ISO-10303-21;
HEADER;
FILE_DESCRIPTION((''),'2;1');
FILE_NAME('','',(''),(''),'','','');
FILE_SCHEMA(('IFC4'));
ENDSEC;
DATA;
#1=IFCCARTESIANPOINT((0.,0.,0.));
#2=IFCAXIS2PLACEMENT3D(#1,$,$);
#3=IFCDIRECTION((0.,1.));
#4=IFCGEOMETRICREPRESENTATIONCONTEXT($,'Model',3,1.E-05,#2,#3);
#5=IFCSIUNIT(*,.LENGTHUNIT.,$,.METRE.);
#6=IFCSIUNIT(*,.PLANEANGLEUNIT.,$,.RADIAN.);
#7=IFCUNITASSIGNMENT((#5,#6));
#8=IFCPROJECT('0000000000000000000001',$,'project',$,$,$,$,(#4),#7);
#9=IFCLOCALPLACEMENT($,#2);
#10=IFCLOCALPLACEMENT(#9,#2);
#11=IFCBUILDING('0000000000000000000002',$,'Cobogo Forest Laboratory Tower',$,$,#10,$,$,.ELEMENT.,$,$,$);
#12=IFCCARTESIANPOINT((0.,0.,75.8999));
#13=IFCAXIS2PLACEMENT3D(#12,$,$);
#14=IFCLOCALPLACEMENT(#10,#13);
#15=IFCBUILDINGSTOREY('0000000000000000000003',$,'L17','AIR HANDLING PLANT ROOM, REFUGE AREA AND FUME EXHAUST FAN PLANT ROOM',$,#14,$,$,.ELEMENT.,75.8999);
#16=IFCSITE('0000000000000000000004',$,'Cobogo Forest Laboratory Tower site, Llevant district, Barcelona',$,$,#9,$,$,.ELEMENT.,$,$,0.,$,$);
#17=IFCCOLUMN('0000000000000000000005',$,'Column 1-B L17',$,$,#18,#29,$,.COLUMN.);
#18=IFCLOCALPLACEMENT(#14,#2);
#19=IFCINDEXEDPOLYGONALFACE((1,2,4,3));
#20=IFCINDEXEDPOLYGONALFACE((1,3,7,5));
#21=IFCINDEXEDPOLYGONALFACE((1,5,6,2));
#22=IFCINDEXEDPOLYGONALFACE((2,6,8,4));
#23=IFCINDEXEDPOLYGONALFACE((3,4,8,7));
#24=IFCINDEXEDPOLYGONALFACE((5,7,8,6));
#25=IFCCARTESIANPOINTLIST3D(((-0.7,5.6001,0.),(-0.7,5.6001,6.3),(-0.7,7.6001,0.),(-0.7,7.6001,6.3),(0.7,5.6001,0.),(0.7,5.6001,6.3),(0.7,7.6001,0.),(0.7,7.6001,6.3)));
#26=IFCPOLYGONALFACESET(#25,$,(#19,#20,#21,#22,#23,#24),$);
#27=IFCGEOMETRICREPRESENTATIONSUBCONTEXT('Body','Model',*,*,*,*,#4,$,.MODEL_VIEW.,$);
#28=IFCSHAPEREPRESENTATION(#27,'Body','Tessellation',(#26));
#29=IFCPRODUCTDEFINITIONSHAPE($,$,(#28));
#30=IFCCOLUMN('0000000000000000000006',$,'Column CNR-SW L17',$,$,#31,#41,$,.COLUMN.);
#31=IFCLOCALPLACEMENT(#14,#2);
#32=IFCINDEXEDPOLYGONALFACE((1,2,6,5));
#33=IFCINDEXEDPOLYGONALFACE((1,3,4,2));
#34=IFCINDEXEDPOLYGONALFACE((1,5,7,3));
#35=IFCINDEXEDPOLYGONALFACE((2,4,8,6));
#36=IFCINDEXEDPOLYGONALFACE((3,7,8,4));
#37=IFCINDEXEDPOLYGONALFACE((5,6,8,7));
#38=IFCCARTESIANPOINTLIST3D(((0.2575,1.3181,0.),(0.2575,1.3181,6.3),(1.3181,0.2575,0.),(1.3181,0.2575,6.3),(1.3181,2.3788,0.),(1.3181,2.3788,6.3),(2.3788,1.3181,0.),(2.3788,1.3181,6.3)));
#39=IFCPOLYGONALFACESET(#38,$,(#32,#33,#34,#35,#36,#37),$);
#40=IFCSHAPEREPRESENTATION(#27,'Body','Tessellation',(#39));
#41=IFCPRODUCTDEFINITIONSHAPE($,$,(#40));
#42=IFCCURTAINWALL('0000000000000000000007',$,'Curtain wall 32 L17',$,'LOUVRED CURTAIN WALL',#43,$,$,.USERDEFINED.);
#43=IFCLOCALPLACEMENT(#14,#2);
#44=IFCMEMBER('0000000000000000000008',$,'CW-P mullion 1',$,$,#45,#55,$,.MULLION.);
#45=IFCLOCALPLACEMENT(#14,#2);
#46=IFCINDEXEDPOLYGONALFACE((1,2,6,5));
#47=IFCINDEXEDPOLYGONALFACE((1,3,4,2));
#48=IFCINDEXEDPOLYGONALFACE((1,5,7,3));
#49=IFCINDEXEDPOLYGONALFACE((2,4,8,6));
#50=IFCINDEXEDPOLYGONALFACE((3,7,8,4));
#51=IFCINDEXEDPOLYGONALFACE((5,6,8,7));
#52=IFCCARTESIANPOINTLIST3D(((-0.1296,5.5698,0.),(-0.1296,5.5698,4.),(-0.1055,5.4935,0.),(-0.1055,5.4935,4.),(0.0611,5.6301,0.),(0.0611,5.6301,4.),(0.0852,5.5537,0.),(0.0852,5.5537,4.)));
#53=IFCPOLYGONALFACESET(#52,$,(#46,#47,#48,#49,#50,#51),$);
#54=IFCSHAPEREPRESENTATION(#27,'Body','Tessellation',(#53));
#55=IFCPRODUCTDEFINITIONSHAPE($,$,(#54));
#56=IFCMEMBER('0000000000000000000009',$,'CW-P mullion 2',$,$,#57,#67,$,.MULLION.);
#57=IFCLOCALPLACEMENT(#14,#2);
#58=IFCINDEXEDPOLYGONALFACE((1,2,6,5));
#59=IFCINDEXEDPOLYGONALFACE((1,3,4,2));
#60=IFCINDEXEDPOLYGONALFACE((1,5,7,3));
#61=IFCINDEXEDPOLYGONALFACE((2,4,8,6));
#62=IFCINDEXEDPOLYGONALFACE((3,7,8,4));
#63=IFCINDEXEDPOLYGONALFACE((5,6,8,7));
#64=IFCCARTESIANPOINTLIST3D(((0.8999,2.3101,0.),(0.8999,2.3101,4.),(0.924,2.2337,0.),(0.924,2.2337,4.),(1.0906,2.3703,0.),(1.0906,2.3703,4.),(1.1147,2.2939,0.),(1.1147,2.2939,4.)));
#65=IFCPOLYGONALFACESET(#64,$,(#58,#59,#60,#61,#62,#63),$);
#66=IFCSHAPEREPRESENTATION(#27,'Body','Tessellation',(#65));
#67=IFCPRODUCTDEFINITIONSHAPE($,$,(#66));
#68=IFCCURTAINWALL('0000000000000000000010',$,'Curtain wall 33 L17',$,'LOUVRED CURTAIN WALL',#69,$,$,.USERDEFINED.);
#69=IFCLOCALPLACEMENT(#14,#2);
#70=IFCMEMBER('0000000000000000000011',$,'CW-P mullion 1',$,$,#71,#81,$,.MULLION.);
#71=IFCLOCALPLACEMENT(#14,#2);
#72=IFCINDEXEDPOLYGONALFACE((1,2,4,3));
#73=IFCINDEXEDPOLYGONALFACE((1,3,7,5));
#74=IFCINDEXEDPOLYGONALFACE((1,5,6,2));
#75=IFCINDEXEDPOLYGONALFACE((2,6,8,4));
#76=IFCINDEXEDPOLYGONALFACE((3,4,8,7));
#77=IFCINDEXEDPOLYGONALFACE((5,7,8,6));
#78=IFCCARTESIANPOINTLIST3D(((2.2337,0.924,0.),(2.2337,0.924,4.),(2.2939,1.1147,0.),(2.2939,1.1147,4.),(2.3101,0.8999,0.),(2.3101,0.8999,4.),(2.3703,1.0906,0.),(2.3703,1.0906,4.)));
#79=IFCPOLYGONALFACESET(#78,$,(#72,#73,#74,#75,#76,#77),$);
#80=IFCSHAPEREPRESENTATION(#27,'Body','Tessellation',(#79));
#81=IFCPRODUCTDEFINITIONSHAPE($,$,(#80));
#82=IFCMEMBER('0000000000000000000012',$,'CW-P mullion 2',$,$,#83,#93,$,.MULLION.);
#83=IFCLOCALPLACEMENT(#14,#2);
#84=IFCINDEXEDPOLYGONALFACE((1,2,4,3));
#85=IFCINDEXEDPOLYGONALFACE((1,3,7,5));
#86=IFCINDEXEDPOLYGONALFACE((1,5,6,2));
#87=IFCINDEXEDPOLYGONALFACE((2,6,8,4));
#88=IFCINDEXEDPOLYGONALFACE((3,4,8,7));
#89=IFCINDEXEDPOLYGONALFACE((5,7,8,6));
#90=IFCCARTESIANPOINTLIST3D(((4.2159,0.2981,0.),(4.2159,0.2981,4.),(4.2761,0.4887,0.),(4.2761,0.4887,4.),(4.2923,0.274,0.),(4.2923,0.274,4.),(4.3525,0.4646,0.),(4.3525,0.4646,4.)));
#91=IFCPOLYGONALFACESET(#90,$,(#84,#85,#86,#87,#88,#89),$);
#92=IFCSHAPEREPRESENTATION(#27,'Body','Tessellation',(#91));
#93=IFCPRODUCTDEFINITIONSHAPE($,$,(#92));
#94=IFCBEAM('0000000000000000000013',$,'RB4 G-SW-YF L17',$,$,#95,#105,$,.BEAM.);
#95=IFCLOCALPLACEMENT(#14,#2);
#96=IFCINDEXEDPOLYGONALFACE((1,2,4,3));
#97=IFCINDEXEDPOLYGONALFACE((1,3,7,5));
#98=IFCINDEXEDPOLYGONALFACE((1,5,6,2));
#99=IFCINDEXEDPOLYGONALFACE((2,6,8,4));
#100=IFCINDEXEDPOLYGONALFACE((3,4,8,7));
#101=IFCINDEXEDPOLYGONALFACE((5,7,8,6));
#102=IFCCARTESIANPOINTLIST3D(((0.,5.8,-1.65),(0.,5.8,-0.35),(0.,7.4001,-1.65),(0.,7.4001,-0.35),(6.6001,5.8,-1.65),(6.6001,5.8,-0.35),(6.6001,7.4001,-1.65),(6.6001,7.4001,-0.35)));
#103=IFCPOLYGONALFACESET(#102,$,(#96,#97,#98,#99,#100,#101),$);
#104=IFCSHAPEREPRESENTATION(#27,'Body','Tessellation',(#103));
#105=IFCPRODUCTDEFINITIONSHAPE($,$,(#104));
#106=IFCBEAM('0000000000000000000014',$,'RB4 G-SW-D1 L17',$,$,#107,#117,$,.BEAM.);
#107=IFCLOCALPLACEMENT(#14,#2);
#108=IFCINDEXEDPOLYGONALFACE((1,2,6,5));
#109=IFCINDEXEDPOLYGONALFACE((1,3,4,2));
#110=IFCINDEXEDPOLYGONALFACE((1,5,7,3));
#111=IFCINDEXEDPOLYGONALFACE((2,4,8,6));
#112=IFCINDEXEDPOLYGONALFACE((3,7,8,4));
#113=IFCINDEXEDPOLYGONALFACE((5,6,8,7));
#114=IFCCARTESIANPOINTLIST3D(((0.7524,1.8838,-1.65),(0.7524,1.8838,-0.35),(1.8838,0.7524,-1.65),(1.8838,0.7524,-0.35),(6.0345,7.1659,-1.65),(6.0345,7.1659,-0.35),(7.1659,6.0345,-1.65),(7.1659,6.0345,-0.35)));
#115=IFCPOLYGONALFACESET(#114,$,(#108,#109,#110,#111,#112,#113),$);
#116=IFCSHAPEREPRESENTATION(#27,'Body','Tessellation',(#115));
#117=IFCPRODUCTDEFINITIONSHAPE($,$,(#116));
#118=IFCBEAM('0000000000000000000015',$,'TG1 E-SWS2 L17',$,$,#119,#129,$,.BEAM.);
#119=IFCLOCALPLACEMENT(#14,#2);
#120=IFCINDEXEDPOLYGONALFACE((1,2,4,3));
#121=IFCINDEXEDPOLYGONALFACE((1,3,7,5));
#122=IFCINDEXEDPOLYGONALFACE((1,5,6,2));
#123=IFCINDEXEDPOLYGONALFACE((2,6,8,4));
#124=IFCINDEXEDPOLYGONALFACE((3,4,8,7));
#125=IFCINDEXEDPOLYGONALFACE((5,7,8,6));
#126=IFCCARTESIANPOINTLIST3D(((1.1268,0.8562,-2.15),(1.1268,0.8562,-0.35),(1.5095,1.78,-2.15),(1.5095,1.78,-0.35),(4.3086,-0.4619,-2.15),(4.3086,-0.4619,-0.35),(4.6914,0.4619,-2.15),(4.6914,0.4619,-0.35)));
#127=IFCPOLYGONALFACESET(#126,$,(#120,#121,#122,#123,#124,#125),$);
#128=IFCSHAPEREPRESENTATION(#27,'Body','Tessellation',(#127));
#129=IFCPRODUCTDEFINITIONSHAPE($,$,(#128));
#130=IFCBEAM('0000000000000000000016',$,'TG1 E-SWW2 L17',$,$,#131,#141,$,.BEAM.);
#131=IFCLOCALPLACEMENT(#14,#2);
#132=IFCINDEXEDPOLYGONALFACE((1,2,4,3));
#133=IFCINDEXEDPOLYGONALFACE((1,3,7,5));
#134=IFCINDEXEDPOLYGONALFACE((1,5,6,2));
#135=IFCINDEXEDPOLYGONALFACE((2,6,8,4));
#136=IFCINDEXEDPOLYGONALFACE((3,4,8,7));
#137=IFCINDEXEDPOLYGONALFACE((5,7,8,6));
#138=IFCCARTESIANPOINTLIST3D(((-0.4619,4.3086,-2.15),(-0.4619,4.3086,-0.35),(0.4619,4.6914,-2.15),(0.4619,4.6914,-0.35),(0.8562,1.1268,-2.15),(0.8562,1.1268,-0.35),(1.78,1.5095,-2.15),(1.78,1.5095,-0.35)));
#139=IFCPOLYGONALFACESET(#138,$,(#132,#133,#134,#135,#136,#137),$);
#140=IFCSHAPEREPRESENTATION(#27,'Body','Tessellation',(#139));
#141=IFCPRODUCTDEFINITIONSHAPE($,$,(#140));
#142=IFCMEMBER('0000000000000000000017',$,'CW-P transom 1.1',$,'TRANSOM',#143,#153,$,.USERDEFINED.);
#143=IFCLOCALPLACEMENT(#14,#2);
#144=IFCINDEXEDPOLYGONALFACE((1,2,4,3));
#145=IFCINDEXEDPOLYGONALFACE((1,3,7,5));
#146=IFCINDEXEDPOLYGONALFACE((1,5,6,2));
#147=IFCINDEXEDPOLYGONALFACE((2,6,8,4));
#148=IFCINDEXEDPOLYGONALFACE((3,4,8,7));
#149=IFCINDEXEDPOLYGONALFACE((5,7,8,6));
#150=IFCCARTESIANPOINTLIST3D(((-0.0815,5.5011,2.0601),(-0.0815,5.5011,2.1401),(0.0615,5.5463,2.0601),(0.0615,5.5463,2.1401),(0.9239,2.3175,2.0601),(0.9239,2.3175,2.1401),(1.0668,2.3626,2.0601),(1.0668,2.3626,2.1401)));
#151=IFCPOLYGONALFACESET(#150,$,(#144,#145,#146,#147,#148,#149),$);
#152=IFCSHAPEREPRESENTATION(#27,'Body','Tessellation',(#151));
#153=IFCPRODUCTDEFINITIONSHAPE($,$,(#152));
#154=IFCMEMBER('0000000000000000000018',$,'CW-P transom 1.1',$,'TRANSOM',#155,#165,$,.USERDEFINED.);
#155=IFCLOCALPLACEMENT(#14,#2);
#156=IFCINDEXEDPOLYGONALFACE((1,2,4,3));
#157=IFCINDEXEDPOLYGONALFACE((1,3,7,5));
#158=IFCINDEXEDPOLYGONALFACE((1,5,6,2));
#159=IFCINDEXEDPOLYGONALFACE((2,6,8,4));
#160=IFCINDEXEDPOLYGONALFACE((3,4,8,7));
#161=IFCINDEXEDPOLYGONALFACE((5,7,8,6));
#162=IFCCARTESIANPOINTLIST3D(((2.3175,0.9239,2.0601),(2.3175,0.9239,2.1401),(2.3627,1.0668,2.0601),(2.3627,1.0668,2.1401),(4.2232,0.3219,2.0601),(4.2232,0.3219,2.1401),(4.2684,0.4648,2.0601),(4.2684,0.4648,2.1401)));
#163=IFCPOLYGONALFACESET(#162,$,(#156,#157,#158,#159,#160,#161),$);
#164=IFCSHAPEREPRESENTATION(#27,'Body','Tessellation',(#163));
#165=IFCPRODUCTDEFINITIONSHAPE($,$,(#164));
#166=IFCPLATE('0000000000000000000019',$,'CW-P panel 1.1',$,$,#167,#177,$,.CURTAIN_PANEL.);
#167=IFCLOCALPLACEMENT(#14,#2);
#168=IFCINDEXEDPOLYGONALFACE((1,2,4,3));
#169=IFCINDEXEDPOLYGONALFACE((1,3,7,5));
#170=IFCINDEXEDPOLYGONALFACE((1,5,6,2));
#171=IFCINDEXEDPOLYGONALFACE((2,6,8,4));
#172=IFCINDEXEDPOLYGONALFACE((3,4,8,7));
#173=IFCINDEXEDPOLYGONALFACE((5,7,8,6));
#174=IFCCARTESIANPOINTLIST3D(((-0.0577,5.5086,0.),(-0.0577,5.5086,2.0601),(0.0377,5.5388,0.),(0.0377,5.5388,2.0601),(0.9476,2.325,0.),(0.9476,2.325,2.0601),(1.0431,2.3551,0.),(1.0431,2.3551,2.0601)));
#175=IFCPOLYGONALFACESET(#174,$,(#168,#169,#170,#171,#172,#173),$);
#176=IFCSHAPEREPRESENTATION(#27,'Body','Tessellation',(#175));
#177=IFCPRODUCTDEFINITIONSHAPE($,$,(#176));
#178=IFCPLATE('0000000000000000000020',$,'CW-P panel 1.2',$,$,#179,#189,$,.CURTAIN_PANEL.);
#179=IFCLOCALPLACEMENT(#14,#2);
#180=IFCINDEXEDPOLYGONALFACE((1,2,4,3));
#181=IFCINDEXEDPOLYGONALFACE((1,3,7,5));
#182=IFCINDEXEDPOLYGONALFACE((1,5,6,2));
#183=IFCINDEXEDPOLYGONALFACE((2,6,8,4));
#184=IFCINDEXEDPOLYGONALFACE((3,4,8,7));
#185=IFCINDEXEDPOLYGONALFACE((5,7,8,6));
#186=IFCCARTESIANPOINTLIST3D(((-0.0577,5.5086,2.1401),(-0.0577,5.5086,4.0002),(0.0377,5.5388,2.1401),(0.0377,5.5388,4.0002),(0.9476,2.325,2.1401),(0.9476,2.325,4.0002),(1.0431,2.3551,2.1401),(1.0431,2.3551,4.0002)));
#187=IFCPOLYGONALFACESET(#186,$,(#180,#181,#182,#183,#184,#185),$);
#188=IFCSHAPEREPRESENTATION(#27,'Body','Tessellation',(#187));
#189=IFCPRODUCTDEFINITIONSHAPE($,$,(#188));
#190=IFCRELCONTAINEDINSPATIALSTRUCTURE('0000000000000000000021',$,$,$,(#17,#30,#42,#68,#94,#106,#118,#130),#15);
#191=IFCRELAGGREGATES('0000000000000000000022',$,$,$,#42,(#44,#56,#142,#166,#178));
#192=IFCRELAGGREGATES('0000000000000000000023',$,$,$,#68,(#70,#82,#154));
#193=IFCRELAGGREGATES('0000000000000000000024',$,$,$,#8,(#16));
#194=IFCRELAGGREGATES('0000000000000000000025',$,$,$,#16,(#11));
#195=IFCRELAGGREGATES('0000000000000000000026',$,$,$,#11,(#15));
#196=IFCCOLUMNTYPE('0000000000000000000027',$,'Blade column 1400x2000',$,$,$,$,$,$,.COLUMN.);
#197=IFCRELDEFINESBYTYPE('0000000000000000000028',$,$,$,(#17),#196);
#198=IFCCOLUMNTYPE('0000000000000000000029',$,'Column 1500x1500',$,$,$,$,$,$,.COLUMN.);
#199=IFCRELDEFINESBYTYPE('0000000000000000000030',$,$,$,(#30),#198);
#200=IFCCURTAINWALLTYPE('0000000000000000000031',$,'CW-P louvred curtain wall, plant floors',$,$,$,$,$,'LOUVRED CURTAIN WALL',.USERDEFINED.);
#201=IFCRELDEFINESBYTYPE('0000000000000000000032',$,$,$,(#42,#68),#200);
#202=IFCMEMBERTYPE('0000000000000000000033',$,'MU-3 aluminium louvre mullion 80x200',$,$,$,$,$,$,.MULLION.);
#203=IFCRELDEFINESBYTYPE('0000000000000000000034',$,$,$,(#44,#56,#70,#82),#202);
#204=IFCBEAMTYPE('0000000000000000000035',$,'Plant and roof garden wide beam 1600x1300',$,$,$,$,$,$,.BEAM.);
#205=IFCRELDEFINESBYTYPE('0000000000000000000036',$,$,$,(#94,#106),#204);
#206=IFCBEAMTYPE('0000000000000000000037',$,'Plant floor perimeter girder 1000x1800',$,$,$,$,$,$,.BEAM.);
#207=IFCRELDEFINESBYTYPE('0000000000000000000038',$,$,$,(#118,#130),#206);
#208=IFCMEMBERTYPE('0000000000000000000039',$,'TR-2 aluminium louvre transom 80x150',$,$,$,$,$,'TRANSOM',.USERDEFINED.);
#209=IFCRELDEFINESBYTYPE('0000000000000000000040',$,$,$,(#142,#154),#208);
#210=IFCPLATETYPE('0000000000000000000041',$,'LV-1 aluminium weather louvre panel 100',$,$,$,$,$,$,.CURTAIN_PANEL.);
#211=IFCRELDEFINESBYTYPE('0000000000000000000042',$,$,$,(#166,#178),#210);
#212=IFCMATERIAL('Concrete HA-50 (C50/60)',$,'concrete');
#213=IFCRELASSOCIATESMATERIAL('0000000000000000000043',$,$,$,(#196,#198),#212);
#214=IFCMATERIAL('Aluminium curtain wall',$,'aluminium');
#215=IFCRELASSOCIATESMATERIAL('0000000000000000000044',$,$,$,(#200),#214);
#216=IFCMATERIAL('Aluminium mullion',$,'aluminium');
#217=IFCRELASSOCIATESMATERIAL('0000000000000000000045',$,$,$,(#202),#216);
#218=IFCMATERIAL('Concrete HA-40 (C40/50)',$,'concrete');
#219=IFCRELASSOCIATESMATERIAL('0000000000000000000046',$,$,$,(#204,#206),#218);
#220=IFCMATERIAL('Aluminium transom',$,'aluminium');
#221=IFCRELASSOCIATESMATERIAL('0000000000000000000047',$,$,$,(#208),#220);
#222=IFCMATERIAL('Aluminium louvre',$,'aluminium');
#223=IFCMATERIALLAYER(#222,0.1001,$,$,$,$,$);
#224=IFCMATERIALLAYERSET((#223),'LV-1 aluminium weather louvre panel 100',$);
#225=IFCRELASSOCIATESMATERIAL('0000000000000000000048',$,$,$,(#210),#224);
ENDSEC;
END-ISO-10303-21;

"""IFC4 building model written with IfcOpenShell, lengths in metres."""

from ifc_helpers import new_model, si_unit, direction, frame, origin, origin_2d, place, context, subcontext, project, spatial, rectangle, extrude, material, layer, layer_set, material_profile, profile_set, type_object, element, aggregate, save


model = new_model("IFC4")

# Units and contexts
model_context = context("Model", 3, precision=1e-05, world=origin(), true_north=direction((0.0, 1.0)))
body_context = subcontext(model_context, "Body", "Model", "MODEL_VIEW")
ifc_project = project(units=[si_unit("LENGTHUNIT", "METRE"), si_unit("PLANEANGLEUNIT", "RADIAN")], contexts=[model_context])

# Site, building, storey
site_placement = place(None, origin())
site = spatial("IfcSite", under=ifc_project, at=site_placement, Name="Cobogo Forest Laboratory Tower site, Llevant district, Barcelona", CompositionType="ELEMENT", RefElevation=0.0)
building_placement = place(site_placement, origin())
building = spatial("IfcBuilding", under=site, at=building_placement, Name="Cobogo Forest Laboratory Tower", CompositionType="ELEMENT")
storey_placement = place(building_placement, frame((0.0, 0.0, 75.8999)))
storey = spatial("IfcBuildingStorey", under=building, at=storey_placement, Name="L17", Description="AIR HANDLING PLANT ROOM, REFUGE AREA AND FUME EXHAUST FAN PLANT ROOM", CompositionType="ELEMENT", Elevation=75.8999)

# Columns
ifc_material_1 = material(Name="Concrete HA-50 (C50/60)", Category="concrete")
ifc_material_profile_1 = material_profile(ifc_material_1, rectangle(XDim=2.0, YDim=1.3999, at=origin_2d()), Name="RC 1400x2000")
ifc_profile_set_1 = profile_set([ifc_material_profile_1], Name="Concrete HA-50 (C50/60)")
column_type_1 = type_object("IfcColumnType", Name="Blade column 1400x2000", PredefinedType="COLUMN", material=ifc_profile_set_1)
column_1_placement = place(storey_placement, frame((0.0, 6.6001, 0.0), z_axis=(0.0, 0.0, 1.0), x_axis=(0.0, 1.0, 0.0)))
element("IfcColumn", 1, at=column_1_placement, inside=storey, type_object=column_type_1, Name="Column 1-B L17", PredefinedType="COLUMN", context=body_context, shape_type="SweptSolid", body=[
    extrude(rectangle(XDim=2.0, YDim=1.3999, at=origin_2d()), origin(), (0.0, 0.0, 1.0), 6.3),
])
ifc_material_profile_2 = material_profile(ifc_material_1, rectangle(XDim=1.5, YDim=1.5, at=origin_2d()), Name="RC 1500x1500")
ifc_profile_set_2 = profile_set([ifc_material_profile_2], Name="Concrete HA-50 (C50/60)")
column_type_2 = type_object("IfcColumnType", Name="Column 1500x1500", PredefinedType="COLUMN", material=ifc_profile_set_2)
column_2_placement = place(storey_placement, frame((1.3181, 1.3181, 0.0), z_axis=(0.0, 0.0, 1.0), x_axis=(0.707107, 0.707107, 0.0)))
element("IfcColumn", 2, at=column_2_placement, inside=storey, type_object=column_type_2, Name="Column CNR-SW L17", PredefinedType="COLUMN", context=body_context, shape_type="SweptSolid", body=[
    extrude(rectangle(XDim=1.5, YDim=1.5, at=origin_2d()), origin(), (0.0, 0.0, 1.0), 6.3),
])

# Curtain walls, members
ifc_material_2 = material(Name="Aluminium curtain wall", Category="aluminium")
curtain_wall_type = type_object("IfcCurtainWallType", Name="CW-P louvred curtain wall, plant floors", ElementType="LOUVRED CURTAIN WALL", PredefinedType="USERDEFINED", material=ifc_material_2)
curtain_wall_1_placement = place(storey_placement, origin())
curtain_wall_1 = element("IfcCurtainWall", 3, at=curtain_wall_1_placement, inside=storey, type_object=curtain_wall_type, Name="Curtain wall 32 L17", ObjectType="LOUVRED CURTAIN WALL", PredefinedType="USERDEFINED")
ifc_material_3 = material(Name="Aluminium mullion", Category="aluminium")
ifc_material_profile_3 = material_profile(ifc_material_3, rectangle(XDim=0.0801, YDim=0.2, at=origin_2d()), Name="AL 80x200")
ifc_profile_set_3 = profile_set([ifc_material_profile_3], Name="Aluminium mullion")
member_type_1 = type_object("IfcMemberType", Name="MU-3 aluminium louvre mullion 80x200", PredefinedType="MULLION", material=ifc_profile_set_3)
member_1_placement = place(storey_placement, frame((-0.0222, 5.5618, 0.0), z_axis=(0.0, 0.0, 1.0), x_axis=(0.301136, -0.953581, 0.0)))
member_1 = element("IfcMember", 4, at=member_1_placement, type_object=member_type_1, Name="CW-P mullion 1", PredefinedType="MULLION", context=body_context, shape_type="SweptSolid", body=[
    extrude(rectangle(XDim=0.0801, YDim=0.2, at=origin_2d()), origin(), (0.0, 0.0, 1.0), 4.0),
])
member_2_placement = place(storey_placement, frame((1.0073, 2.302, 0.0), z_axis=(0.0, 0.0, 1.0), x_axis=(0.301136, -0.953581, 0.0)))
member_2 = element("IfcMember", 5, at=member_2_placement, type_object=member_type_1, Name="CW-P mullion 2", PredefinedType="MULLION", context=body_context, shape_type="SweptSolid", body=[
    extrude(rectangle(XDim=0.0801, YDim=0.2, at=origin_2d()), origin(), (0.0, 0.0, 1.0), 4.0),
])
curtain_wall_2_placement = place(storey_placement, origin())
curtain_wall_2 = element("IfcCurtainWall", 6, at=curtain_wall_2_placement, inside=storey, type_object=curtain_wall_type, Name="Curtain wall 33 L17", ObjectType="LOUVRED CURTAIN WALL", PredefinedType="USERDEFINED")
member_3_placement = place(storey_placement, frame((2.302, 1.0073, 0.0), z_axis=(0.0, 0.0, 1.0), x_axis=(0.953581, -0.301136, 0.0)))
member_3 = element("IfcMember", 7, at=member_3_placement, type_object=member_type_1, Name="CW-P mullion 1", PredefinedType="MULLION", context=body_context, shape_type="SweptSolid", body=[
    extrude(rectangle(XDim=0.0801, YDim=0.2, at=origin_2d()), origin(), (0.0, 0.0, 1.0), 4.0),
])
member_4_placement = place(storey_placement, frame((4.2842, 0.3813, 0.0), z_axis=(0.0, 0.0, 1.0), x_axis=(0.953581, -0.301136, 0.0)))
member_4 = element("IfcMember", 8, at=member_4_placement, type_object=member_type_1, Name="CW-P mullion 2", PredefinedType="MULLION", context=body_context, shape_type="SweptSolid", body=[
    extrude(rectangle(XDim=0.0801, YDim=0.2, at=origin_2d()), origin(), (0.0, 0.0, 1.0), 4.0),
])

# Beams
ifc_material_4 = material(Name="Concrete HA-40 (C40/50)", Category="concrete")
ifc_material_profile_4 = material_profile(ifc_material_4, rectangle(XDim=1.6001, YDim=1.3, at=origin_2d()), Name="RC 1600x1300")
ifc_profile_set_4 = profile_set([ifc_material_profile_4], Name="Concrete HA-40 (C40/50)")
beam_type_1 = type_object("IfcBeamType", Name="Plant and roof garden wide beam 1600x1300", PredefinedType="BEAM", material=ifc_profile_set_4)
beam_1_placement = place(storey_placement, frame((0.0, 6.6001, -1.0), z_axis=(1.0, 0.0, 0.0), x_axis=(0.0, 1.0, 0.0)))
element("IfcBeam", 9, at=beam_1_placement, inside=storey, type_object=beam_type_1, Name="RB4 G-SW-YF L17", PredefinedType="BEAM", context=body_context, shape_type="SweptSolid", body=[
    extrude(rectangle(XDim=1.6001, YDim=1.3, at=origin_2d()), origin(), (0.0, 0.0, 1.0), 6.6001),
])
beam_2_placement = place(storey_placement, frame((1.3181, 1.3181, -1.0), z_axis=(0.707107, 0.707107, 0.0), x_axis=(-0.707107, 0.707107, 0.0)))
element("IfcBeam", 10, at=beam_2_placement, inside=storey, type_object=beam_type_1, Name="RB4 G-SW-D1 L17", PredefinedType="BEAM", context=body_context, shape_type="SweptSolid", body=[
    extrude(rectangle(XDim=1.6001, YDim=1.3, at=origin_2d()), origin(), (0.0, 0.0, 1.0), 7.47),
])
ifc_material_profile_5 = material_profile(ifc_material_4, rectangle(XDim=1.0, YDim=1.8, at=origin_2d()), Name="RC 1000x1800")
ifc_profile_set_5 = profile_set([ifc_material_profile_5], Name="Concrete HA-40 (C40/50)")
beam_type_2 = type_object("IfcBeamType", Name="Plant floor perimeter girder 1000x1800", PredefinedType="BEAM", material=ifc_profile_set_5)
for number, where, z_axis, x_axis, name in (
    (11, (4.5, 0.0, -1.25), (-0.923866, 0.382717, 0.0), (-0.382717, -0.923866, 0.0), "TG1 E-SWS2 L17"),
    (12, (0.0, 4.5, -1.25), (0.382717, -0.923866, 0.0), (0.923866, 0.382717, 0.0), "TG1 E-SWW2 L17"),
):
    element("IfcBeam", number, at=place(storey_placement, frame(where, z_axis=z_axis, x_axis=x_axis)), inside=storey, type_object=beam_type_2, Name=name, PredefinedType="BEAM", context=body_context, shape_type="SweptSolid", body=[
        extrude(rectangle(XDim=1.0, YDim=1.8, at=origin_2d()), origin(), (0.0, 0.0, 1.0), 3.4441),
    ])

# Members
ifc_material_5 = material(Name="Aluminium transom", Category="aluminium")
ifc_material_profile_6 = material_profile(ifc_material_5, rectangle(XDim=0.1499, YDim=0.0801, at=origin_2d()), Name="AL 80x150")
ifc_profile_set_6 = profile_set([ifc_material_profile_6], Name="Aluminium transom")
member_type_2 = type_object("IfcMemberType", Name="TR-2 aluminium louvre transom 80x150", ElementType="TRANSOM", PredefinedType="USERDEFINED", material=ifc_profile_set_6)
member_5_placement = place(storey_placement, frame((-0.01, 5.5237, 2.1001), z_axis=(0.301138, -0.95358, 0.0), x_axis=(0.95358, 0.301138, 0.0)))
member_5 = element("IfcMember", 13, at=member_5_placement, type_object=member_type_2, Name="CW-P transom 1.1", ObjectType="TRANSOM", PredefinedType="USERDEFINED", context=body_context, shape_type="SweptSolid", body=[
    extrude(rectangle(XDim=0.1499, YDim=0.0801, at=origin_2d()), origin(), (0.0, 0.0, 1.0), 3.3386),
])
member_6_placement = place(storey_placement, frame((2.3401, 0.9954, 2.1001), z_axis=(0.953549, -0.301237, 0.0), x_axis=(0.301237, 0.953549, 0.0)))
member_6 = element("IfcMember", 14, at=member_6_placement, type_object=member_type_2, Name="CW-P transom 1.1", ObjectType="TRANSOM", PredefinedType="USERDEFINED", context=body_context, shape_type="SweptSolid", body=[
    extrude(rectangle(XDim=0.1499, YDim=0.0801, at=origin_2d()), origin(), (0.0, 0.0, 1.0), 1.9985),
])

# Plates
ifc_material_6 = material(Name="Aluminium louvre", Category="aluminium")
ifc_layer_1 = layer(ifc_material_6, 0.1001)
ifc_layer_set_1 = layer_set([ifc_layer_1], Name="LV-1 aluminium weather louvre panel 100")
plate_type = type_object("IfcPlateType", Name="LV-1 aluminium weather louvre panel 100", PredefinedType="CURTAIN_PANEL", material=ifc_layer_set_1)
plate_1_placement = place(storey_placement, frame((0.4927, 3.9319, 0.0), z_axis=(0.0, 0.0, 1.0), x_axis=(0.301136, -0.953581, 0.0)))
plate_1 = element("IfcPlate", 15, at=plate_1_placement, type_object=plate_type, Name="CW-P panel 1.1", PredefinedType="CURTAIN_PANEL", context=body_context, shape_type="SweptSolid", body=[
    extrude(rectangle(XDim=3.3386, YDim=0.1001, at=origin_2d()), origin(), (0.0, 0.0, 1.0), 2.0601),
])
plate_2_placement = place(storey_placement, frame((0.4927, 3.9319, 2.1401), z_axis=(0.0, 0.0, 1.0), x_axis=(0.301136, -0.953581, 0.0)))
plate_2 = element("IfcPlate", 16, at=plate_2_placement, type_object=plate_type, Name="CW-P panel 1.2", PredefinedType="CURTAIN_PANEL", context=body_context, shape_type="SweptSolid", body=[
    extrude(rectangle(XDim=3.3386, YDim=0.1001, at=origin_2d()), origin(), (0.0, 0.0, 1.0), 1.8601),
])
aggregate(curtain_wall_1, [member_1, member_2, member_5, plate_1, plate_2])
aggregate(curtain_wall_2, [member_3, member_4, member_6])

save(model, "model.ifc")
